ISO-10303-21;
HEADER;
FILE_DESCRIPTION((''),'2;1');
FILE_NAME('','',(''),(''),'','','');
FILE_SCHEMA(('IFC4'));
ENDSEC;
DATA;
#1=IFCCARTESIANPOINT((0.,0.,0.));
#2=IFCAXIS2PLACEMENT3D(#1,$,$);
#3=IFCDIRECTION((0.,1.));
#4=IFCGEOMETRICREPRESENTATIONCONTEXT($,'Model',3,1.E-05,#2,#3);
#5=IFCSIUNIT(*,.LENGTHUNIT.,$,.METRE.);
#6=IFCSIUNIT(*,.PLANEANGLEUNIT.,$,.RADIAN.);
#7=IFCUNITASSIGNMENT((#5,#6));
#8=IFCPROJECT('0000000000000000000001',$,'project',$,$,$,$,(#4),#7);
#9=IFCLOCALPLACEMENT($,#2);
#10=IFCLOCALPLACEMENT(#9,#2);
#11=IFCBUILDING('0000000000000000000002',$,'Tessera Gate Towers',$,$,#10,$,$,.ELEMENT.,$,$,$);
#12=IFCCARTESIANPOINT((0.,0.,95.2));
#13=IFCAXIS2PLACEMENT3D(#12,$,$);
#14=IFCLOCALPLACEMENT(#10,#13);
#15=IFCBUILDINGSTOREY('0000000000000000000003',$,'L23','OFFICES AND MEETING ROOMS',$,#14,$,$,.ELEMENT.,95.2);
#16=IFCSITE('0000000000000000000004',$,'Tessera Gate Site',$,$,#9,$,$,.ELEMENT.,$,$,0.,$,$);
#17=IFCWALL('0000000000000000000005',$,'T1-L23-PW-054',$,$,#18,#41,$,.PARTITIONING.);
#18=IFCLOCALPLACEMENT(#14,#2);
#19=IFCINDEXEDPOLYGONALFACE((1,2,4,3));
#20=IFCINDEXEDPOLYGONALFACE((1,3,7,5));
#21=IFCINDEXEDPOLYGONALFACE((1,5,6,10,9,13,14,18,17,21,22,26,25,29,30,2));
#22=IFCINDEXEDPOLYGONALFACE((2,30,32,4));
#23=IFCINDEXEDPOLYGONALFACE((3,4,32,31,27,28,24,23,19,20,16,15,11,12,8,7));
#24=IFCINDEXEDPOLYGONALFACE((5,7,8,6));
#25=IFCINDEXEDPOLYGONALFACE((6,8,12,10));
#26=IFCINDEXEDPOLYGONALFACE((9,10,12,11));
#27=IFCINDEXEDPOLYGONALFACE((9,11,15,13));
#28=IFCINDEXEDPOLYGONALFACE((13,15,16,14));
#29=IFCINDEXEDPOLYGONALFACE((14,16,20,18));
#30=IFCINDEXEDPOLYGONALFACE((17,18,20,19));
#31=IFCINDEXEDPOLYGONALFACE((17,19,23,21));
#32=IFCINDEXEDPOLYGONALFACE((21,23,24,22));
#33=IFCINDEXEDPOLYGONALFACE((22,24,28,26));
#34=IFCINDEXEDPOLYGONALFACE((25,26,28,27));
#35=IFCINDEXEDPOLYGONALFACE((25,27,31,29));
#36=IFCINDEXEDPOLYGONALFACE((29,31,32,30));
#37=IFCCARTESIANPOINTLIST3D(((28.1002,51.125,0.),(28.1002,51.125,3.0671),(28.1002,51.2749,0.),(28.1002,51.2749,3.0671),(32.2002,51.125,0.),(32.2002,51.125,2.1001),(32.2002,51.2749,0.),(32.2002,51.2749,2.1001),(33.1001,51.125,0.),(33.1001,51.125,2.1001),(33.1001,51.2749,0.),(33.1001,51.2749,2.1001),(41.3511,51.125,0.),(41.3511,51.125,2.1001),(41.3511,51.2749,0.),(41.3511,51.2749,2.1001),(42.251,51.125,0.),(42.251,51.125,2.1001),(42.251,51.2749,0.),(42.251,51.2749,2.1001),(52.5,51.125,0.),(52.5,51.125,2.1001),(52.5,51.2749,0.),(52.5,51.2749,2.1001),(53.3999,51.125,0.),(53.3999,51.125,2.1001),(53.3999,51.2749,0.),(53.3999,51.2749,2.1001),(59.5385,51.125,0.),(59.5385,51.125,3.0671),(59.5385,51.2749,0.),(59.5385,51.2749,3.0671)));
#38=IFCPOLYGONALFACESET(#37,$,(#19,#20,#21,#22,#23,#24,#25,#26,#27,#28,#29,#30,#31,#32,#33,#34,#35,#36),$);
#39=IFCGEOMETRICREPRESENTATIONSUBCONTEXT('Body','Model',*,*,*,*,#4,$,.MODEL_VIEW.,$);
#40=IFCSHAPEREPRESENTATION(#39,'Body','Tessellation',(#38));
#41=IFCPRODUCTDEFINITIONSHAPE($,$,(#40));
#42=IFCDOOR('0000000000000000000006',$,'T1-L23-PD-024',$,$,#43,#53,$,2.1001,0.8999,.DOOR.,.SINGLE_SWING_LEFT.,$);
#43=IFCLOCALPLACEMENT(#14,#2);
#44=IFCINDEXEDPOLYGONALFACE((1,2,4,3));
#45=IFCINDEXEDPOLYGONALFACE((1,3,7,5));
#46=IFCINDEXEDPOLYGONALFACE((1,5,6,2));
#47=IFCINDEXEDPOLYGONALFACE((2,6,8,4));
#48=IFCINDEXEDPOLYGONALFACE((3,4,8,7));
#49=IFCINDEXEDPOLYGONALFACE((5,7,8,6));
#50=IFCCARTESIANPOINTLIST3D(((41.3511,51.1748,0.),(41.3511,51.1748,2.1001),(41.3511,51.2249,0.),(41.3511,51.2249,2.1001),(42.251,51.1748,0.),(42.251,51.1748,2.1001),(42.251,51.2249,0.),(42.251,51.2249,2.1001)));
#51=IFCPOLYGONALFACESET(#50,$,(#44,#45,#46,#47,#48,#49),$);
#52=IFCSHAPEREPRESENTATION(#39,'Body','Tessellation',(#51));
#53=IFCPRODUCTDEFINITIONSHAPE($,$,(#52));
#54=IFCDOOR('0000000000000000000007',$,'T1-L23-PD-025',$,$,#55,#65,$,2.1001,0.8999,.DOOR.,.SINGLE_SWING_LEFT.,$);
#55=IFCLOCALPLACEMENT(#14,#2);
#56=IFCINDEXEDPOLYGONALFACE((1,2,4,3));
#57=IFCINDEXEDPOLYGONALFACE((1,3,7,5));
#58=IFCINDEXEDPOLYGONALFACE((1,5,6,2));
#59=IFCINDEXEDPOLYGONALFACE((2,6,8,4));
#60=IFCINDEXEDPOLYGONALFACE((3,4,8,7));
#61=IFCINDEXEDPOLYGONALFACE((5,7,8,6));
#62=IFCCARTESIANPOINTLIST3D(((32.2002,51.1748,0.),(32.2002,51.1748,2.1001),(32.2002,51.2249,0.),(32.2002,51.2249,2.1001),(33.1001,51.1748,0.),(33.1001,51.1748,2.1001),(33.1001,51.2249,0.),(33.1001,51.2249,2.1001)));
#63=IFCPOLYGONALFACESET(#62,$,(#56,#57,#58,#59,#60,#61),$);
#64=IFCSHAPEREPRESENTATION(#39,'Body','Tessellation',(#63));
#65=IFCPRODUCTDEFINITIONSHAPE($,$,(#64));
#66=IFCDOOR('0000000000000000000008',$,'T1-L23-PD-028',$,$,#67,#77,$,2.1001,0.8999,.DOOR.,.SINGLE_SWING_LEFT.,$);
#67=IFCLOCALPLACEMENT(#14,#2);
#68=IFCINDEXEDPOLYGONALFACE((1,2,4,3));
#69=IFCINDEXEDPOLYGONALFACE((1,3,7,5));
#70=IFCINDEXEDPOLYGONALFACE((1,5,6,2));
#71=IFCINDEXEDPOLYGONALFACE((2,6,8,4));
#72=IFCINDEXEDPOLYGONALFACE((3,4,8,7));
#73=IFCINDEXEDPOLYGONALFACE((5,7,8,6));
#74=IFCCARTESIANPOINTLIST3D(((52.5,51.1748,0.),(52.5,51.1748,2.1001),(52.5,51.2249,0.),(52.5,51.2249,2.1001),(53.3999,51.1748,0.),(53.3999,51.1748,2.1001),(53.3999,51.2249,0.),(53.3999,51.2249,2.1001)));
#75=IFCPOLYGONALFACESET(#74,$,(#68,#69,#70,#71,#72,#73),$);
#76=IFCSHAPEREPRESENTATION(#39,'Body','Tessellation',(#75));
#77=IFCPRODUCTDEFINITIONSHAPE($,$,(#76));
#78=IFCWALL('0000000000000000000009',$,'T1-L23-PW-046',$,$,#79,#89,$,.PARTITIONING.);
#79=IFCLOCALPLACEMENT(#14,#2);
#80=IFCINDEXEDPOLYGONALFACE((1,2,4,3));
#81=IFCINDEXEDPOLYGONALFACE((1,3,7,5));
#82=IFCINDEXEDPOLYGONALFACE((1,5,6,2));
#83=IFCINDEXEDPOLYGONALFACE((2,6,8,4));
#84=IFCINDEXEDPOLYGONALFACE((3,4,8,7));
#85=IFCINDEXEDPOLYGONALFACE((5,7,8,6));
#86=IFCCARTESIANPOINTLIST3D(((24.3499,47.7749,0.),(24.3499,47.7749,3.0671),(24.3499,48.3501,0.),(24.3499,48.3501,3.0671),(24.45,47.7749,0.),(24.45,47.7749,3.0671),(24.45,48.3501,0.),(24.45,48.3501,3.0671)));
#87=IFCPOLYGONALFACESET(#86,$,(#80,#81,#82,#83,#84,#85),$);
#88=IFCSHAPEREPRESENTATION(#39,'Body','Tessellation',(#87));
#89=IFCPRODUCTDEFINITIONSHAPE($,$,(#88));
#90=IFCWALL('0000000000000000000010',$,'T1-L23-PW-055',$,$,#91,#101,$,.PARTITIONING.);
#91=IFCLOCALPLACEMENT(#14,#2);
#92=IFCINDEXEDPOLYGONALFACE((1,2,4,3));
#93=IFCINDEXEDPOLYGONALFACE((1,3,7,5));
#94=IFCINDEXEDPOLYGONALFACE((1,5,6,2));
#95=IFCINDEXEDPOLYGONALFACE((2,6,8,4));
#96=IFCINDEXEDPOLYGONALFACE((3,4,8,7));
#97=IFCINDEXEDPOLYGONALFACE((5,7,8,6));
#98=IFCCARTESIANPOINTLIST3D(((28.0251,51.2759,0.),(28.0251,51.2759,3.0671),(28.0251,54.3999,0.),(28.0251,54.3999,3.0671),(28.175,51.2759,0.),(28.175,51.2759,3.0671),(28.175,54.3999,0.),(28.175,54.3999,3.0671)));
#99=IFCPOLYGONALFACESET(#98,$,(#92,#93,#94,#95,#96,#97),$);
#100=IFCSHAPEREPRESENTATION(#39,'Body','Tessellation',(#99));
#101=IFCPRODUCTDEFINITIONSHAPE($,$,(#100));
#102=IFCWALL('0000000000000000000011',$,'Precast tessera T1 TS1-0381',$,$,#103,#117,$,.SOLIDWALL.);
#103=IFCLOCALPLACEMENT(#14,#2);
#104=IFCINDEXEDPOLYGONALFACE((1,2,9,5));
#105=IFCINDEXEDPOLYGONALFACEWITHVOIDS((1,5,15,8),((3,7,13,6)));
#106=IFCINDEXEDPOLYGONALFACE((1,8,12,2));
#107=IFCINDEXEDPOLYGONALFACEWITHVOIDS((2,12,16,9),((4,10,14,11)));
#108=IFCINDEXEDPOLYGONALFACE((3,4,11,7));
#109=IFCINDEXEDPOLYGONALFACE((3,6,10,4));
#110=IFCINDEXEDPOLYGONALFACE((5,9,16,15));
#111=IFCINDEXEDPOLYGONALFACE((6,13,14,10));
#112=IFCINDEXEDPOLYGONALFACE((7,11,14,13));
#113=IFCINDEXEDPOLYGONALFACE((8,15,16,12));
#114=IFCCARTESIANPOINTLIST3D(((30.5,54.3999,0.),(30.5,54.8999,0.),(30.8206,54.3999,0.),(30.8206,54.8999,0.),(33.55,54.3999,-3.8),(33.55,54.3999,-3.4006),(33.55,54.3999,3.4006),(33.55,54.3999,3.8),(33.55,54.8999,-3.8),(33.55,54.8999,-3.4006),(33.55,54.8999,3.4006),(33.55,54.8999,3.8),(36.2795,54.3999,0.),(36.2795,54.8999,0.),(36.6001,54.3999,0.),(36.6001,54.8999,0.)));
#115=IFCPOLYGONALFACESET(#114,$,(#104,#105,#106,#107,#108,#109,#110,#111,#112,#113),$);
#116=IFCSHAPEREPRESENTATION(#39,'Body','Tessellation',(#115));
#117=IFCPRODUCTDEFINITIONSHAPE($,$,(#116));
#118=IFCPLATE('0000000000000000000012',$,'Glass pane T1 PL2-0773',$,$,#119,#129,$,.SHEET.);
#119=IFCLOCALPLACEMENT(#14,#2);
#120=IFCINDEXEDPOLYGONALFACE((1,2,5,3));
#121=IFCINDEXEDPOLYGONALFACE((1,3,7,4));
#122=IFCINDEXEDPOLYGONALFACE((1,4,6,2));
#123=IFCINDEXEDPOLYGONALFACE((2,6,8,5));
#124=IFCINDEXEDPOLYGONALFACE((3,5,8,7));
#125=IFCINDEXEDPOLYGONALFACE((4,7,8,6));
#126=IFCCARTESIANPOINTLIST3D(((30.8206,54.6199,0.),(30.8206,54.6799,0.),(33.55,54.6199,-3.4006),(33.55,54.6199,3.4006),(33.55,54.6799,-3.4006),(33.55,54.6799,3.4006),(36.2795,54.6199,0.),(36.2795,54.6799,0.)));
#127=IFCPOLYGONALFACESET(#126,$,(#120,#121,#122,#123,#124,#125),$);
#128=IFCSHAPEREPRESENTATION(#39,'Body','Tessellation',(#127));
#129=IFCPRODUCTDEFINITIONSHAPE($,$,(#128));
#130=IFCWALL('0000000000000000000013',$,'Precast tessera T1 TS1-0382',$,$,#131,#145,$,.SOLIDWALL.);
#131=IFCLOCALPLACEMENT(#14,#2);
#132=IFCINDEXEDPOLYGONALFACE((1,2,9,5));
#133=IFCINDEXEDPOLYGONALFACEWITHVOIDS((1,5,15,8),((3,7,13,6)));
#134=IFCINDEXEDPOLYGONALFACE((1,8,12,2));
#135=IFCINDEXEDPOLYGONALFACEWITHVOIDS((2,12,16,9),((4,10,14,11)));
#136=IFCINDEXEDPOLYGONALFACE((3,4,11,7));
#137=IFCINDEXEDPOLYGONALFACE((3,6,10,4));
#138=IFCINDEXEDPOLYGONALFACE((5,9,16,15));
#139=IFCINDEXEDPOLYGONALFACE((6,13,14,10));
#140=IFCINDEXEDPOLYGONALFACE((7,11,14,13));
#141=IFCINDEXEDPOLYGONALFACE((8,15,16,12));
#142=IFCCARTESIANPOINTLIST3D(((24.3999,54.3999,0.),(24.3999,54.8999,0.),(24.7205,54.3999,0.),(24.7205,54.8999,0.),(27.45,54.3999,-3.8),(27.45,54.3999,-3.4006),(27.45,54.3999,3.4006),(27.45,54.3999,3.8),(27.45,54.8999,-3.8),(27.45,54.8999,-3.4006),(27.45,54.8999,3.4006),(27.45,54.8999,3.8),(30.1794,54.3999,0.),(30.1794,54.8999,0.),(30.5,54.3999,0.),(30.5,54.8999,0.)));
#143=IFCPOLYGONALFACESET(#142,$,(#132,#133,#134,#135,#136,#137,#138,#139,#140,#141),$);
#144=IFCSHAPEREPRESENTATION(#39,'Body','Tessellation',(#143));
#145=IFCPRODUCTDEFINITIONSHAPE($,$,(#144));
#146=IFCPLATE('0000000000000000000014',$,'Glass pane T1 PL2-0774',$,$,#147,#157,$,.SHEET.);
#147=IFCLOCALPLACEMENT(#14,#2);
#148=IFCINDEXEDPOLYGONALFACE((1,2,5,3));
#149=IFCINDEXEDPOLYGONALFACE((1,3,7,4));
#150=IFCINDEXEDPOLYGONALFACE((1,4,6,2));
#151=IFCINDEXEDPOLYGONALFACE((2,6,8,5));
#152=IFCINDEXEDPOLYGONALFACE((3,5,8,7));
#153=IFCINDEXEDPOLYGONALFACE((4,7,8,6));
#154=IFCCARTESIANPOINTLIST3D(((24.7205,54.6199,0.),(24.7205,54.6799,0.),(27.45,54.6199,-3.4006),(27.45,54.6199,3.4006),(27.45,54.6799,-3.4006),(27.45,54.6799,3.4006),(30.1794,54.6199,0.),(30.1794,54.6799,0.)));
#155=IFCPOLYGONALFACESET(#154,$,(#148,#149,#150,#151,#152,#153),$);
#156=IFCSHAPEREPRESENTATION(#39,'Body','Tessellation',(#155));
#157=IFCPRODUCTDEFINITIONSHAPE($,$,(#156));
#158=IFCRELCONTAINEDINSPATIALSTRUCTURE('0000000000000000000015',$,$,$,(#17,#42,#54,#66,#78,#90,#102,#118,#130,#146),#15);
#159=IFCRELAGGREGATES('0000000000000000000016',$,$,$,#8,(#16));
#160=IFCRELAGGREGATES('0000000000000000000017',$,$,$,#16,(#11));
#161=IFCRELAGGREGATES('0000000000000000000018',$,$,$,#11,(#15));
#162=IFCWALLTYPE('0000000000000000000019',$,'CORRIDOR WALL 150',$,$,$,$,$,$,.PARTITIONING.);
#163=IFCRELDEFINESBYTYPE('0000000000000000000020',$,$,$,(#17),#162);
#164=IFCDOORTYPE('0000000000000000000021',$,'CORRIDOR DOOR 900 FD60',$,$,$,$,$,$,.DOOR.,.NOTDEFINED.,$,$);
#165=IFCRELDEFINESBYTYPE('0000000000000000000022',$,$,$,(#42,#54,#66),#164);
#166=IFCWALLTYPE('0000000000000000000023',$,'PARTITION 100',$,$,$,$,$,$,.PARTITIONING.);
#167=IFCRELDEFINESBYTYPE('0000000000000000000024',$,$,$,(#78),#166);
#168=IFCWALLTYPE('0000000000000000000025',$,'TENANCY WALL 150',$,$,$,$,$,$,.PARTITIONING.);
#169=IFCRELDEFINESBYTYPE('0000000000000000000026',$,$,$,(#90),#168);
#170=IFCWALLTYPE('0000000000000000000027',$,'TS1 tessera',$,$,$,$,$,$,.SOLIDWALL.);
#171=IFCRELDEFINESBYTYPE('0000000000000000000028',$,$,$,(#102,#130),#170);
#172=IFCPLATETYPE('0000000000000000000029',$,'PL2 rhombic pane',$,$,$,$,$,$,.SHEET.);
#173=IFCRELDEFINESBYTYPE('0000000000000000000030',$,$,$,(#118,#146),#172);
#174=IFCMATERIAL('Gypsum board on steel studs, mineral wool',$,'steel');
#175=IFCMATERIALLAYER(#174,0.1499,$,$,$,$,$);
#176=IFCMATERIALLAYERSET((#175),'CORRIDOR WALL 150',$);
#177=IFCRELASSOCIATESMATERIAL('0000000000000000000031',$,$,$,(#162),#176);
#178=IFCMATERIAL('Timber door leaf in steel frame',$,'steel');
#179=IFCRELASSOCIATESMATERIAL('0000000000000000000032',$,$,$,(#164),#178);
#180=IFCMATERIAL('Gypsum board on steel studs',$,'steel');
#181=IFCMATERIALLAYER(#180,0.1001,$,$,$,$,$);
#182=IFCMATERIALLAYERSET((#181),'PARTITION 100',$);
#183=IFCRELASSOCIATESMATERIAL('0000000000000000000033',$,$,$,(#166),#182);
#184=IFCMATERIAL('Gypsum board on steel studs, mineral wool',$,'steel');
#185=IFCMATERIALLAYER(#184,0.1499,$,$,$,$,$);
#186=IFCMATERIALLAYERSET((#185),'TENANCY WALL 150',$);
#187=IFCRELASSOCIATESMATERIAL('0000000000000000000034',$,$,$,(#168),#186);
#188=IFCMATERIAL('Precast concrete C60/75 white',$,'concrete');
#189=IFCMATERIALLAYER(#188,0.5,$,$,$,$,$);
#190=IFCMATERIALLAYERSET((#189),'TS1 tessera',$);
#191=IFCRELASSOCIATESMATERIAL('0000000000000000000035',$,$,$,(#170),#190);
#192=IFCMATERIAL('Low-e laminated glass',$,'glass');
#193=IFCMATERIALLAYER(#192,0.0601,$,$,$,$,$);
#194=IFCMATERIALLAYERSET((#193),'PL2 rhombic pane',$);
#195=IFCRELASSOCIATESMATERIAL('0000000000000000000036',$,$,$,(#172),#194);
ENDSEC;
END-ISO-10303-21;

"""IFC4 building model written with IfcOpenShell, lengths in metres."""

from ifc_helpers import new_model, si_unit, direction, frame, frame_2d, origin, place, context, subcontext, project, spatial, polyline, rectangle, outline, extrude, source, transform, mapped, material, layer, layer_set, type_object, element, fill, save


model = new_model("IFC4")

# Units and contexts
model_context = context("Model", 3, precision=1e-05, world=origin(), true_north=direction((0.0, 1.0)))
body_context = subcontext(model_context, "Body", "Model", "MODEL_VIEW")
ifc_project = project(units=[si_unit("LENGTHUNIT", "METRE"), si_unit("PLANEANGLEUNIT", "RADIAN")], contexts=[model_context])

# Site, building, storey
site_placement = place(None, origin())
site = spatial("IfcSite", under=ifc_project, at=site_placement, Name="Tessera Gate Site", CompositionType="ELEMENT", RefElevation=0.0)
building_placement = place(site_placement, origin())
building = spatial("IfcBuilding", under=site, at=building_placement, Name="Tessera Gate Towers", CompositionType="ELEMENT")
storey_placement = place(building_placement, frame((0.0, 0.0, 95.2)))
storey = spatial("IfcBuildingStorey", under=building, at=storey_placement, Name="L23", Description="OFFICES AND MEETING ROOMS", CompositionType="ELEMENT", Elevation=95.2)

# Wall, openings, doors
ifc_material_1 = material(Name="Gypsum board on steel studs, mineral wool", Category="steel")
ifc_layer_1 = layer(ifc_material_1, 0.1499)
ifc_layer_set_1 = layer_set([ifc_layer_1], Name="CORRIDOR WALL 150")
wall_type_1 = type_object("IfcWallType", Name="CORRIDOR WALL 150", PredefinedType="PARTITIONING", material=ifc_layer_set_1)
wall_1_placement = place(storey_placement, frame((28.1001, 51.2, 0.0), z_axis=(0.0, 0.0, 1.0), x_axis=(1.0, 0.0, 0.0)))
wall_1 = element("IfcWall", 1, at=wall_1_placement, inside=storey, type_object=wall_type_1, Name="T1-L23-PW-054", PredefinedType="PARTITIONING", context=body_context, shape_type="SweptSolid", body=[
    extrude(rectangle(XDim=31.4382, YDim=0.1499, at=frame_2d((15.7192, 0.0))), origin(), (0.0, 0.0, 1.0), 3.0671),
])
shared_shape_1 = source(origin(), body_context, "Body", "SweptSolid", [
    extrude(rectangle(XDim=0.8999, YDim=2.1001, at=frame_2d((0.45, 1.05))), frame((0.0, 0.085, 0.0), z_axis=(0.0, -1.0, 0.0), x_axis=(1.0, 0.0, 0.0)), (0.0, 0.0, 1.0), 0.1699),
])
opening_1_placement = place(wall_1_placement, frame((13.251, 0.0, 0.0)))
opening_1 = element("IfcOpeningElement", 2, at=opening_1_placement, cuts=wall_1, PredefinedType="OPENING", context=body_context, shape_type="MappedRepresentation", body=[
    mapped(shared_shape_1, transform((0.0, 0.0, 0.0), scale=1.0)),
])
opening_2_placement = place(wall_1_placement, frame((4.1001, 0.0, 0.0)))
opening_2 = element("IfcOpeningElement", 3, at=opening_2_placement, cuts=wall_1, PredefinedType="OPENING", context=body_context, shape_type="MappedRepresentation", body=[
    mapped(shared_shape_1, transform((0.0, 0.0, 0.0), scale=1.0)),
])
opening_3_placement = place(wall_1_placement, frame((24.3999, 0.0, 0.0)))
opening_3 = element("IfcOpeningElement", 4, at=opening_3_placement, cuts=wall_1, PredefinedType="OPENING", context=body_context, shape_type="MappedRepresentation", body=[
    mapped(shared_shape_1, transform((0.0, 0.0, 0.0), scale=1.0)),
])
ifc_material_2 = material(Name="Timber door leaf in steel frame", Category="steel")
door_type = type_object("IfcDoorType", Name="CORRIDOR DOOR 900 FD60", OperationType="NOTDEFINED", PredefinedType="DOOR", material=ifc_material_2)
shared_shape_2 = source(origin(), body_context, "Body", "SweptSolid", [
    extrude(rectangle(XDim=0.8999, YDim=2.1001, at=frame_2d((0.45, 1.05))), frame((0.0, 0.0249, 0.0), z_axis=(0.0, -1.0, 0.0), x_axis=(1.0, 0.0, 0.0)), (0.0, 0.0, 1.0), 0.05),
])
door_1_placement = place(opening_1_placement, origin())
door_1 = element("IfcDoor", 5, at=door_1_placement, inside=storey, type_object=door_type, Name="T1-L23-PD-024", OperationType="SINGLE_SWING_LEFT", OverallHeight=2.1001, OverallWidth=0.8999, PredefinedType="DOOR", context=body_context, shape_type="MappedRepresentation", body=[
    mapped(shared_shape_2, transform((0.0, 0.0, 0.0), scale=1.0)),
])
fill(opening_1, door_1)
door_2_placement = place(opening_2_placement, origin())
door_2 = element("IfcDoor", 6, at=door_2_placement, inside=storey, type_object=door_type, Name="T1-L23-PD-025", OperationType="SINGLE_SWING_LEFT", OverallHeight=2.1001, OverallWidth=0.8999, PredefinedType="DOOR", context=body_context, shape_type="MappedRepresentation", body=[
    mapped(shared_shape_2, transform((0.0, 0.0, 0.0), scale=1.0)),
])
fill(opening_2, door_2)
door_3_placement = place(opening_3_placement, origin())
door_3 = element("IfcDoor", 7, at=door_3_placement, inside=storey, type_object=door_type, Name="T1-L23-PD-028", OperationType="SINGLE_SWING_LEFT", OverallHeight=2.1001, OverallWidth=0.8999, PredefinedType="DOOR", context=body_context, shape_type="MappedRepresentation", body=[
    mapped(shared_shape_2, transform((0.0, 0.0, 0.0), scale=1.0)),
])
fill(opening_3, door_3)

# Walls
ifc_material_3 = material(Name="Gypsum board on steel studs", Category="steel")
ifc_layer_2 = layer(ifc_material_3, 0.1001)
ifc_layer_set_2 = layer_set([ifc_layer_2], Name="PARTITION 100")
wall_type_2 = type_object("IfcWallType", Name="PARTITION 100", PredefinedType="PARTITIONING", material=ifc_layer_set_2)
wall_2_placement = place(storey_placement, frame((24.3999, 48.3501, 0.0), z_axis=(0.0, 0.0, 1.0), x_axis=(0.0, -1.0, 0.0)))
element("IfcWall", 8, at=wall_2_placement, inside=storey, type_object=wall_type_2, Name="T1-L23-PW-046", PredefinedType="PARTITIONING", context=body_context, shape_type="SweptSolid", body=[
    extrude(rectangle(XDim=0.5752, YDim=0.1001, at=frame_2d((0.2876, 0.0))), origin(), (0.0, 0.0, 1.0), 3.0671),
])
ifc_material_4 = material(Name="Gypsum board on steel studs, mineral wool", Category="steel")
ifc_layer_3 = layer(ifc_material_4, 0.1499)
ifc_layer_set_3 = layer_set([ifc_layer_3], Name="TENANCY WALL 150")
wall_type_3 = type_object("IfcWallType", Name="TENANCY WALL 150", PredefinedType="PARTITIONING", material=ifc_layer_set_3)
wall_3_placement = place(storey_placement, frame((28.1001, 51.2759, 0.0), z_axis=(0.0, 0.0, 1.0), x_axis=(0.0, 1.0, 0.0)))
element("IfcWall", 9, at=wall_3_placement, inside=storey, type_object=wall_type_3, Name="T1-L23-PW-055", PredefinedType="PARTITIONING", context=body_context, shape_type="SweptSolid", body=[
    extrude(rectangle(XDim=3.124, YDim=0.1499, at=frame_2d((1.562, 0.0))), origin(), (0.0, 0.0, 1.0), 3.0671),
])

# Walls, openings, plates
ifc_material_5 = material(Name="Precast concrete C60/75 white", Category="concrete")
ifc_layer_4 = layer(ifc_material_5, 0.5)
ifc_layer_set_4 = layer_set([ifc_layer_4], Name="TS1 tessera")
wall_type_4 = type_object("IfcWallType", Name="TS1 tessera", PredefinedType="SOLIDWALL", material=ifc_layer_set_4)
shared_shape_3 = source(origin(), body_context, "Body", "SweptSolid", [
    extrude(outline(polyline([(3.05, 0.0), (6.1001, 3.8), (3.05, 7.6001), (0.0, 3.8), (3.05, 0.0)])), frame((0.0, 0.25, 0.0), z_axis=(0.0, -1.0, 0.0), x_axis=(1.0, 0.0, 0.0)), (0.0, 0.0, 1.0), 0.5),
])
wall_4_placement = place(storey_placement, frame((36.6001, 54.6499, -3.8), z_axis=(0.0, 0.0, 1.0), x_axis=(-1.0, 0.0, 0.0)))
wall_4 = element("IfcWall", 10, at=wall_4_placement, inside=storey, type_object=wall_type_4, Name="Precast tessera T1 TS1-0381", PredefinedType="SOLIDWALL", context=body_context, shape_type="MappedRepresentation", body=[
    mapped(shared_shape_3, transform((0.0, 0.0, 0.0), scale=1.0)),
])
shared_shape_4 = source(origin(), body_context, "Body", "SweptSolid", [
    extrude(outline(polyline([(3.05, 0.3994), (5.7795, 3.8), (3.05, 7.2007), (0.3206, 3.8), (3.05, 0.3994)])), frame((0.0, 0.26, 0.0), z_axis=(0.0, -1.0, 0.0), x_axis=(1.0, 0.0, 0.0)), (0.0, 0.0, 1.0), 0.52),
])
opening_4_placement = place(wall_4_placement, origin())
opening_4 = element("IfcOpeningElement", 11, at=opening_4_placement, cuts=wall_4, PredefinedType="OPENING", context=body_context, shape_type="MappedRepresentation", body=[
    mapped(shared_shape_4, transform((0.0, 0.0, 0.0), scale=1.0)),
])
ifc_material_6 = material(Name="Low-e laminated glass", Category="glass")
ifc_layer_5 = layer(ifc_material_6, 0.0601)
ifc_layer_set_5 = layer_set([ifc_layer_5], Name="PL2 rhombic pane")
plate_type = type_object("IfcPlateType", Name="PL2 rhombic pane", PredefinedType="SHEET", material=ifc_layer_set_5)
shared_shape_5 = source(origin(), body_context, "Body", "SweptSolid", [
    extrude(outline(polyline([(3.05, 0.3994), (5.7795, 3.8), (3.05, 7.2007), (0.3206, 3.8), (3.05, 0.3994)])), frame((0.0, 0.03, 0.0), z_axis=(0.0, -1.0, 0.0), x_axis=(1.0, 0.0, 0.0)), (0.0, 0.0, 1.0), 0.0601),
])
plate_1_placement = place(opening_4_placement, origin())
plate_1 = element("IfcPlate", 12, at=plate_1_placement, inside=storey, type_object=plate_type, Name="Glass pane T1 PL2-0773", PredefinedType="SHEET", context=body_context, shape_type="MappedRepresentation", body=[
    mapped(shared_shape_5, transform((0.0, 0.0, 0.0), scale=1.0)),
])
fill(opening_4, plate_1)
wall_5_placement = place(storey_placement, frame((30.5, 54.6499, -3.8), z_axis=(0.0, 0.0, 1.0), x_axis=(-1.0, 0.0, 0.0)))
wall_5 = element("IfcWall", 13, at=wall_5_placement, inside=storey, type_object=wall_type_4, Name="Precast tessera T1 TS1-0382", PredefinedType="SOLIDWALL", context=body_context, shape_type="MappedRepresentation", body=[
    mapped(shared_shape_3, transform((0.0, 0.0, 0.0), scale=1.0)),
])
opening_5_placement = place(wall_5_placement, origin())
opening_5 = element("IfcOpeningElement", 14, at=opening_5_placement, cuts=wall_5, PredefinedType="OPENING", context=body_context, shape_type="MappedRepresentation", body=[
    mapped(shared_shape_4, transform((0.0, 0.0, 0.0), scale=1.0)),
])
plate_2_placement = place(opening_5_placement, origin())
plate_2 = element("IfcPlate", 15, at=plate_2_placement, inside=storey, type_object=plate_type, Name="Glass pane T1 PL2-0774", PredefinedType="SHEET", context=body_context, shape_type="MappedRepresentation", body=[
    mapped(shared_shape_5, transform((0.0, 0.0, 0.0), scale=1.0)),
])
fill(opening_5, plate_2)

save(model, "model.ifc")
